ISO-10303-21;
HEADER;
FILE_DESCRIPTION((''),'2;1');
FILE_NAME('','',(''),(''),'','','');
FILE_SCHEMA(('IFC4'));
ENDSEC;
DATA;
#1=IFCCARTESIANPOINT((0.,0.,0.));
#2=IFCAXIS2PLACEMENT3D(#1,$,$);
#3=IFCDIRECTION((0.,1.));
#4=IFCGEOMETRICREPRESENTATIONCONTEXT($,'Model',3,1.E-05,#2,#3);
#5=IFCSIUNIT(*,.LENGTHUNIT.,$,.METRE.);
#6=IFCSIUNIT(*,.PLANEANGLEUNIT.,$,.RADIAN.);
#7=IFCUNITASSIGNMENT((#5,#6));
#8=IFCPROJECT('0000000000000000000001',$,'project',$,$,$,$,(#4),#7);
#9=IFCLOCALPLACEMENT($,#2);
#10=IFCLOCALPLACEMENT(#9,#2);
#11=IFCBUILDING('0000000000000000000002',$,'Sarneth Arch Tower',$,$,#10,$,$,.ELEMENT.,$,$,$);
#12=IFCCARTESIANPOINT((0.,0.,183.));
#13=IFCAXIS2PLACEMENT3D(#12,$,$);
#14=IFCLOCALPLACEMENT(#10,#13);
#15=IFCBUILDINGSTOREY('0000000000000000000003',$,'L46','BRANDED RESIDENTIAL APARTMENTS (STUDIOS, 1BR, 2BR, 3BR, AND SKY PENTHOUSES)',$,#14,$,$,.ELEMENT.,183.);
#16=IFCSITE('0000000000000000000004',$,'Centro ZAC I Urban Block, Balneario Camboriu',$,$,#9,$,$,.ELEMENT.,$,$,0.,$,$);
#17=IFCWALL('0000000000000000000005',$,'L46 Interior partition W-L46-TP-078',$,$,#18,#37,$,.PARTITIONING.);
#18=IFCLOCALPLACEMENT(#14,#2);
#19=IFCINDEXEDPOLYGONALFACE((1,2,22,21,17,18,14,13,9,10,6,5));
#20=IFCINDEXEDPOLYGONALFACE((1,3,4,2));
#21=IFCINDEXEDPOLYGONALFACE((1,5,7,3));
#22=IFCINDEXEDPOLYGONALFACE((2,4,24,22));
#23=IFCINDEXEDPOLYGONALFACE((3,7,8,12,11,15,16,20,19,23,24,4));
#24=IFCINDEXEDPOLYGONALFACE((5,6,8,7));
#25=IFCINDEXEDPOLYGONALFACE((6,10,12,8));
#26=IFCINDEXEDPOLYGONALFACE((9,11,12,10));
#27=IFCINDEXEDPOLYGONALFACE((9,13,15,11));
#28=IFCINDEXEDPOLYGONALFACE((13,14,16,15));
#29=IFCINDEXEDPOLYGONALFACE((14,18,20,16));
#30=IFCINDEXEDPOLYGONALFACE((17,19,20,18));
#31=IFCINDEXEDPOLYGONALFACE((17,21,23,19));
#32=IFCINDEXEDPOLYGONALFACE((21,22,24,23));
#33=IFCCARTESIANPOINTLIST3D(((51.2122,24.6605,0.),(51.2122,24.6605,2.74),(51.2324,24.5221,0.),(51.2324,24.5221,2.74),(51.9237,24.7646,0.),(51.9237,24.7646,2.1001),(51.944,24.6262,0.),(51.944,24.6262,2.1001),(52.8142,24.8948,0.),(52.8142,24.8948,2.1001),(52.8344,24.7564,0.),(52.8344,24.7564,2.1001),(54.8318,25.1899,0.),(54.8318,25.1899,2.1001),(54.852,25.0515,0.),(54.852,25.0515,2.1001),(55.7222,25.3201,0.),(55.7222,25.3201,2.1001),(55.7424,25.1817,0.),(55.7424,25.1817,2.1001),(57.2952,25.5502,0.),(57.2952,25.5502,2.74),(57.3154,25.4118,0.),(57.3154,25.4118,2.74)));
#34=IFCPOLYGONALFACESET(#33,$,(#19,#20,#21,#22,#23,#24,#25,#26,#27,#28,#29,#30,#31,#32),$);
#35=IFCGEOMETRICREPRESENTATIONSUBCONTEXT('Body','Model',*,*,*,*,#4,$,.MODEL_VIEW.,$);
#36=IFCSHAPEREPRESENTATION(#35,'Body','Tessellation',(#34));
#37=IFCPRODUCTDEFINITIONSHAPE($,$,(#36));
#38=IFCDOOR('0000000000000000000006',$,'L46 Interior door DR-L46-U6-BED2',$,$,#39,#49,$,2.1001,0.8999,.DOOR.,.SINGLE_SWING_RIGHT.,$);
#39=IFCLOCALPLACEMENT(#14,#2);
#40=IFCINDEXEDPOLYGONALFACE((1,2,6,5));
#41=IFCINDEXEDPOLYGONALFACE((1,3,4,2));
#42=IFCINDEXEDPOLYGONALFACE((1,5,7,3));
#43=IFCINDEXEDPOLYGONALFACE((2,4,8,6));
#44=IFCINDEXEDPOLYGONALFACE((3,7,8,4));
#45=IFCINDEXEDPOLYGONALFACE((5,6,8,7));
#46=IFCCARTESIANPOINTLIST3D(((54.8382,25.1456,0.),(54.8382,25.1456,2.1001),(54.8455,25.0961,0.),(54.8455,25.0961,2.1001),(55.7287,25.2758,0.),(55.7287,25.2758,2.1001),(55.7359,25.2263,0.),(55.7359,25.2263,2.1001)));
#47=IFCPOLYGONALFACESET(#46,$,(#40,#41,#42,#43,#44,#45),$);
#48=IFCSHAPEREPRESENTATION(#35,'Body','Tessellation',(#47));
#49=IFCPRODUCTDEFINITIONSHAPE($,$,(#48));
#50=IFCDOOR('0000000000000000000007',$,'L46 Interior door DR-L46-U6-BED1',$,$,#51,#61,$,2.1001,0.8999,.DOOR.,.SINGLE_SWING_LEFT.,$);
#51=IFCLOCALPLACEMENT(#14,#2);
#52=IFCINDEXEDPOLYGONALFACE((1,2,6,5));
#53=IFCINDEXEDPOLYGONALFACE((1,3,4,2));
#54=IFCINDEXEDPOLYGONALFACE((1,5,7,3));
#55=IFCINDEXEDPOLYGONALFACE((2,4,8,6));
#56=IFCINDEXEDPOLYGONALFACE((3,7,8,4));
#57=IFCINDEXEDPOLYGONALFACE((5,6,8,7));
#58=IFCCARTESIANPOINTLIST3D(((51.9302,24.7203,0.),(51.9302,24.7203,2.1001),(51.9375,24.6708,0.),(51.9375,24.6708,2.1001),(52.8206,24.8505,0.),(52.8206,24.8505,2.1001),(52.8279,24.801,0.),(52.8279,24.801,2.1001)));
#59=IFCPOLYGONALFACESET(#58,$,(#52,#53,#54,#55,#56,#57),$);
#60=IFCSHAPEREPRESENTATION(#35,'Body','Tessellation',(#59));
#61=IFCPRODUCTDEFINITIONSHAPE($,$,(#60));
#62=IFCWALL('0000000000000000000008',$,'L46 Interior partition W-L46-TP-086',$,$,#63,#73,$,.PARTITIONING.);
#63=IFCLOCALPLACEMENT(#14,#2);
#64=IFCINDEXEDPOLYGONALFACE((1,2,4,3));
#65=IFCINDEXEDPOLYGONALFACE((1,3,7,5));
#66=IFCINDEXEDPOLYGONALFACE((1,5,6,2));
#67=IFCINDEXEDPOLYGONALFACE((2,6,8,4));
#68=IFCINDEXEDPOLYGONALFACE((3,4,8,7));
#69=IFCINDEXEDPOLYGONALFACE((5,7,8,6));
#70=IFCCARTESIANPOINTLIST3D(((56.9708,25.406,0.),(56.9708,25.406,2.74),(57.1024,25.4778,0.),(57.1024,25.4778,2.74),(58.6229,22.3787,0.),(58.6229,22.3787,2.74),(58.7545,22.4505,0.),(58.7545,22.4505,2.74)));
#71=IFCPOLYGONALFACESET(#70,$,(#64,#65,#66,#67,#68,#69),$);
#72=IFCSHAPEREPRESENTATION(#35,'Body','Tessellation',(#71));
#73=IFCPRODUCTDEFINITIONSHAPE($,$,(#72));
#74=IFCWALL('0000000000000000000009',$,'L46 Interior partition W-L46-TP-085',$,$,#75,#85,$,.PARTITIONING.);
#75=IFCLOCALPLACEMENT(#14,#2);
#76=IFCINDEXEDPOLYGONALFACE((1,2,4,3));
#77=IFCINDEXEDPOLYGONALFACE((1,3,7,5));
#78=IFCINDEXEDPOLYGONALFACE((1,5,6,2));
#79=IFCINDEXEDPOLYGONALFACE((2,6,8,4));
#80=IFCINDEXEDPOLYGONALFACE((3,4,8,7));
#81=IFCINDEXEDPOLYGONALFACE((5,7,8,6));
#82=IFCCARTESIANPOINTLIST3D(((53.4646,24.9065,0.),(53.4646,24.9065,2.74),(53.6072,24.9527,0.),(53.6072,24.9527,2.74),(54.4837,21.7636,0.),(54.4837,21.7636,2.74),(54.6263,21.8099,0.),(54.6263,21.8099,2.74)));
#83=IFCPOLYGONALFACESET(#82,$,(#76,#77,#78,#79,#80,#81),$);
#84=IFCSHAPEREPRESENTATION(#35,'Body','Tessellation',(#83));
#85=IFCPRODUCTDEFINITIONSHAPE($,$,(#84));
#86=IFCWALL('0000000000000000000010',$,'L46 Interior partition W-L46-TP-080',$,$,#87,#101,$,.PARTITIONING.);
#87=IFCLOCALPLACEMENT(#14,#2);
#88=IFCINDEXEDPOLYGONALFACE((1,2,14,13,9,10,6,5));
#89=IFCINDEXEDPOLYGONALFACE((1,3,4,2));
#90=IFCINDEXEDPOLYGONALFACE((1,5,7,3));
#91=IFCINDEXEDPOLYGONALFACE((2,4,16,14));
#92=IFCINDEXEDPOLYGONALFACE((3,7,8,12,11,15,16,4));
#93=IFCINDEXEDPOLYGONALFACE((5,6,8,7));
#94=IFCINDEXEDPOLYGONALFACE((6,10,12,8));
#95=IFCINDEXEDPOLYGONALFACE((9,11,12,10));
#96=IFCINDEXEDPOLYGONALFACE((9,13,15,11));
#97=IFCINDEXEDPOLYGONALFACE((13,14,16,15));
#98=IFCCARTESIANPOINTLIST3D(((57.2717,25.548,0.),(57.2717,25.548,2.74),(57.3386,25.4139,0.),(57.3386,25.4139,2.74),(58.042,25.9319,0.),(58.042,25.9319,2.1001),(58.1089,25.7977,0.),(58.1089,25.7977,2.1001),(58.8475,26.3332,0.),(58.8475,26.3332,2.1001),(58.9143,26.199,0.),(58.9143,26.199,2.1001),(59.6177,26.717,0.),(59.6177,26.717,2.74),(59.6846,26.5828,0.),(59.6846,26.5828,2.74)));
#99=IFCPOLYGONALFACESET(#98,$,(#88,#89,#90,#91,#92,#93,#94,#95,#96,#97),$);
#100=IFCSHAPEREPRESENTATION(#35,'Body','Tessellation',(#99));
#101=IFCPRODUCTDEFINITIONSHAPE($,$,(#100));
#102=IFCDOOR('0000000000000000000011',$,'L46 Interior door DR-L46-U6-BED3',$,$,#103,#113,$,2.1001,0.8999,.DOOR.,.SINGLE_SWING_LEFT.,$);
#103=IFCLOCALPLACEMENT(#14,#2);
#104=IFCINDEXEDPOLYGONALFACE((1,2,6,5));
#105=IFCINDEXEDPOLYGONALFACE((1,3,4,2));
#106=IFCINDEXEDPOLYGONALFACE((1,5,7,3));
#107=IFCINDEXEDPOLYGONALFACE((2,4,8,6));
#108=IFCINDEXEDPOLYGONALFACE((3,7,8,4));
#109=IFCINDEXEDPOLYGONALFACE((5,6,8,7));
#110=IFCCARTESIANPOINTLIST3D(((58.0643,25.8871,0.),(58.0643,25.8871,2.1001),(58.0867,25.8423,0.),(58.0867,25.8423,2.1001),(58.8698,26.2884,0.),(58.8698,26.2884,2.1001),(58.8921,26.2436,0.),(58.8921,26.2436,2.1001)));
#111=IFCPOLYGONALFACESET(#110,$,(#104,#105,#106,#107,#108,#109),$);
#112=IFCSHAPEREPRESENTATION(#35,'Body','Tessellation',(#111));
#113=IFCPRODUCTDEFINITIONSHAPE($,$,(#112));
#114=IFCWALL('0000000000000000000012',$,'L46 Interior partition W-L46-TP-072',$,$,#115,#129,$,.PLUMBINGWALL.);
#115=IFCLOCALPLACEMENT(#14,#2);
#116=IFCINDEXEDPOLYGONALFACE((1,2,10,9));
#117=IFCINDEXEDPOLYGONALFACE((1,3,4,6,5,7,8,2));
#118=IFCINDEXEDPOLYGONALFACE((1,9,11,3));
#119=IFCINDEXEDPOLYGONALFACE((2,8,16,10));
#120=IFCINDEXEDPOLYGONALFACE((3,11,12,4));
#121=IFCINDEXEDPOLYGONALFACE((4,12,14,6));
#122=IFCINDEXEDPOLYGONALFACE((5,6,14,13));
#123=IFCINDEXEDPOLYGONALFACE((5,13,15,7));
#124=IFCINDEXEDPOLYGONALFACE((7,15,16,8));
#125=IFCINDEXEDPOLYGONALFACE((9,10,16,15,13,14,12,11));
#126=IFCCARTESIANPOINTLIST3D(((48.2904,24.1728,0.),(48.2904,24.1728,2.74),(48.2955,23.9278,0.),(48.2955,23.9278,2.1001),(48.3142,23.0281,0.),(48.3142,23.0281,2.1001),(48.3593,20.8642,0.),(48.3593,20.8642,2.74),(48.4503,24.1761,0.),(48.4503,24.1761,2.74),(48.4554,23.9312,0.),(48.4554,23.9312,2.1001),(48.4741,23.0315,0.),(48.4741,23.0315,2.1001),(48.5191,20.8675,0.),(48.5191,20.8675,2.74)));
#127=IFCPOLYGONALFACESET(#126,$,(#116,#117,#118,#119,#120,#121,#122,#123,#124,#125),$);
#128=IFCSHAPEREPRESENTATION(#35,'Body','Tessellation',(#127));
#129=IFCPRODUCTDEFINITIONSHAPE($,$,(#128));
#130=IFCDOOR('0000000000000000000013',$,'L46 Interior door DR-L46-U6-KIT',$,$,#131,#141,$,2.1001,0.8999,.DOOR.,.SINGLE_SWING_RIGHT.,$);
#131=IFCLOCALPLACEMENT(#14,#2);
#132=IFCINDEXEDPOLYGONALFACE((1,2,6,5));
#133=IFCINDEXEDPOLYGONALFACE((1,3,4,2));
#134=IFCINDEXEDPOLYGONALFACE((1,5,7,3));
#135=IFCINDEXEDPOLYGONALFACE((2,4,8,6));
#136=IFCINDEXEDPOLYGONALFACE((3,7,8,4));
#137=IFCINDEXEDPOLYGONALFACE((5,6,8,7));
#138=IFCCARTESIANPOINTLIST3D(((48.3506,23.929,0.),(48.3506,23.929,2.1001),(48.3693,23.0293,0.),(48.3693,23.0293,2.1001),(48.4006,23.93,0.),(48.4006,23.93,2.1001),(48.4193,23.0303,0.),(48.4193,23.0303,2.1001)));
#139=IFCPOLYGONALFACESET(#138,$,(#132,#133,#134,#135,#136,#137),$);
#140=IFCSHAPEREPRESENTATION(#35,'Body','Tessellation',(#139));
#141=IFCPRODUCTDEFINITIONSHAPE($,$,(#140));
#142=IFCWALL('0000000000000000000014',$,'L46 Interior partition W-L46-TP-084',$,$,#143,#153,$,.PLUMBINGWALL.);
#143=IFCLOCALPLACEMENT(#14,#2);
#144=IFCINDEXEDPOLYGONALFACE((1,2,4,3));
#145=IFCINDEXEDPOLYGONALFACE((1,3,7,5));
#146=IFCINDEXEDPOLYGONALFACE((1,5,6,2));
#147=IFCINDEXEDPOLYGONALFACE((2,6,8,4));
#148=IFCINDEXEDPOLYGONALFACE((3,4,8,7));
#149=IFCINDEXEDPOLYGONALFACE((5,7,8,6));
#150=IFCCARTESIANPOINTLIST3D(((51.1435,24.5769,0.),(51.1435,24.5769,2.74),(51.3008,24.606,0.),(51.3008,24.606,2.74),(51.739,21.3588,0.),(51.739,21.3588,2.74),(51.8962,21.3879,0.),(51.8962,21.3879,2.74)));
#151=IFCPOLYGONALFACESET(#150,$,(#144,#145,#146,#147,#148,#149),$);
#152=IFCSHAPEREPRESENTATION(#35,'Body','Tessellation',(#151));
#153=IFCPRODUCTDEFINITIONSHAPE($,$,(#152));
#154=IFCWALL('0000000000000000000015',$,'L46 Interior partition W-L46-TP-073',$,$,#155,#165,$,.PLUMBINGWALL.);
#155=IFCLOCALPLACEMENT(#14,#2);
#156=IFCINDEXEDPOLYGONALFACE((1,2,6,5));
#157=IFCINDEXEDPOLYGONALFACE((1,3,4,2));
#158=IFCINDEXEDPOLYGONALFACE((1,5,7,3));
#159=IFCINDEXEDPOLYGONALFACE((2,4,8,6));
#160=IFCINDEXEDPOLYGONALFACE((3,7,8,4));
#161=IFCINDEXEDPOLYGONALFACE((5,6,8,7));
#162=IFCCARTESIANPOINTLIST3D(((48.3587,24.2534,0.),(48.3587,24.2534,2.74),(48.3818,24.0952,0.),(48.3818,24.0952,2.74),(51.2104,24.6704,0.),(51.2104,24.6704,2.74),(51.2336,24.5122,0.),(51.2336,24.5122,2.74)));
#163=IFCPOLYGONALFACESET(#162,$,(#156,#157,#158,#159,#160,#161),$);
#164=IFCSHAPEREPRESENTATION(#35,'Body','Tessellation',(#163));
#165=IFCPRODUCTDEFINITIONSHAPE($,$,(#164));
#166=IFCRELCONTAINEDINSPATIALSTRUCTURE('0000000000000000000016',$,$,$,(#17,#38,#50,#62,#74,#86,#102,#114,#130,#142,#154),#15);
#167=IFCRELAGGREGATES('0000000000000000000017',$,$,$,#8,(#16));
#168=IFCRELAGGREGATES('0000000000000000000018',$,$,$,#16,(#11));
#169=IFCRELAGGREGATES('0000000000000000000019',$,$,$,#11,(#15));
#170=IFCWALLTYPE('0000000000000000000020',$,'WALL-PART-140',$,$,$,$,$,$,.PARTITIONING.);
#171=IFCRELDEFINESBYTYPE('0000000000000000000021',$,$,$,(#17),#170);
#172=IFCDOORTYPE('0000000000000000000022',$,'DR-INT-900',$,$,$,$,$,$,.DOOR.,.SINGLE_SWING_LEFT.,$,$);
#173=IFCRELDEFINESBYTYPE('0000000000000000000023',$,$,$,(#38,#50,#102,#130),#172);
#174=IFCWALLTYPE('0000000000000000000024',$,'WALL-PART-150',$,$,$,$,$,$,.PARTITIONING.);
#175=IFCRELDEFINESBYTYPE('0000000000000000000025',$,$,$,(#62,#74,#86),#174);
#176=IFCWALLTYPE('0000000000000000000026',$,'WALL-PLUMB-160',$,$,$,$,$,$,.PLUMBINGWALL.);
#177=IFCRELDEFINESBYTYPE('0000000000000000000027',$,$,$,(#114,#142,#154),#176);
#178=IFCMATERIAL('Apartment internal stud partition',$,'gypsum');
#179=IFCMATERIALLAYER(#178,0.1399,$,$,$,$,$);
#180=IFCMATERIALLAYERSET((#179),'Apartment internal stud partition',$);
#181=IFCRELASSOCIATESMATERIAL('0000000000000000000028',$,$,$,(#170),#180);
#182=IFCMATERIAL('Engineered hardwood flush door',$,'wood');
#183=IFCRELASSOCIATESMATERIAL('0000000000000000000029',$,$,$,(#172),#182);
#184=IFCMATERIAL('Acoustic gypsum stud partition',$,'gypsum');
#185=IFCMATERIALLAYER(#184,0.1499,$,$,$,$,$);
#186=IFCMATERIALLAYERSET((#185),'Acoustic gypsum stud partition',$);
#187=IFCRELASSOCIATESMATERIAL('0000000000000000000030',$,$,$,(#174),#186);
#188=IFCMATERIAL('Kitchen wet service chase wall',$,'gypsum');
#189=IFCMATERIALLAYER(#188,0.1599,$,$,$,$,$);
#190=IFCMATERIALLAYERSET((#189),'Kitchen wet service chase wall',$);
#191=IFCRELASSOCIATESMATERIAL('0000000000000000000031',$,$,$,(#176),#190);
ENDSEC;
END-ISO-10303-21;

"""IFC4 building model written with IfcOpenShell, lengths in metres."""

from ifc_helpers import new_model, si_unit, direction, frame, frame_2d, origin, place, context, subcontext, project, spatial, rectangle, extrude, material, layer, layer_set, type_object, element, fill, save


model = new_model("IFC4")

# Units and contexts
model_context = context("Model", 3, precision=1e-05, world=origin(), true_north=direction((0.0, 1.0)))
body_context = subcontext(model_context, "Body", "Model", "MODEL_VIEW")
ifc_project = project(units=[si_unit("LENGTHUNIT", "METRE"), si_unit("PLANEANGLEUNIT", "RADIAN")], contexts=[model_context])

# Site, building, storey
site_placement = place(None, origin())
site = spatial("IfcSite", under=ifc_project, at=site_placement, Name="Centro ZAC I Urban Block, Balneario Camboriu", CompositionType="ELEMENT", RefElevation=0.0)
building_placement = place(site_placement, origin())
building = spatial("IfcBuilding", under=site, at=building_placement, Name="Sarneth Arch Tower", CompositionType="ELEMENT")
storey_placement = place(building_placement, frame((0.0, 0.0, 183.0)))
storey = spatial("IfcBuildingStorey", under=building, at=storey_placement, Name="L46", Description="BRANDED RESIDENTIAL APARTMENTS (STUDIOS, 1BR, 2BR, 3BR, AND SKY PENTHOUSES)", CompositionType="ELEMENT", Elevation=183.0)

# Wall, openings, doors
ifc_material_1 = material(Name="Apartment internal stud partition", Category="gypsum")
ifc_layer_1 = layer(ifc_material_1, 0.1399)
ifc_layer_set_1 = layer_set([ifc_layer_1], Name="Apartment internal stud partition")
wall_type_1 = type_object("IfcWallType", Name="WALL-PART-140", PredefinedType="PARTITIONING", material=ifc_layer_set_1)
wall_1_placement = place(storey_placement, frame((57.3052, 25.481, 0.0), z_axis=(0.0, 0.0, 1.0), x_axis=(-0.989474, -0.144712, 0.0)))
wall_1 = element("IfcWall", 1, at=wall_1_placement, inside=storey, type_object=wall_type_1, Name="L46 Interior partition W-L46-TP-078", PredefinedType="PARTITIONING", context=body_context, shape_type="SweptSolid", body=[
    extrude(rectangle(XDim=6.1477, YDim=0.1399, at=frame_2d((3.0737, 0.0))), origin(), (0.0, 0.0, 1.0), 2.74),
])
opening_1_placement = place(wall_1_placement, frame((1.5896, 0.0, 0.0)))
opening_1 = element("IfcOpeningElement", 2, at=opening_1_placement, cuts=wall_1, PredefinedType="OPENING", context=body_context, shape_type="SweptSolid", body=[
    extrude(rectangle(XDim=0.8999, YDim=2.1001, at=frame_2d((0.45, 1.05))), frame((0.0, 0.0798, 0.0), z_axis=(0.0, -1.0, 0.0), x_axis=(1.0, 0.0, 0.0)), (0.0, 0.0, 1.0), 0.1599),
])
opening_2_placement = place(wall_1_placement, frame((4.5286, 0.0, 0.0)))
opening_2 = element("IfcOpeningElement", 3, at=opening_2_placement, cuts=wall_1, PredefinedType="OPENING", context=body_context, shape_type="SweptSolid", body=[
    extrude(rectangle(XDim=0.8999, YDim=2.1001, at=frame_2d((0.45, 1.05))), frame((0.0, 0.0798, 0.0), z_axis=(0.0, -1.0, 0.0), x_axis=(1.0, 0.0, 0.0)), (0.0, 0.0, 1.0), 0.1599),
])
ifc_material_2 = material(Name="Engineered hardwood flush door", Category="wood")
door_type_1 = type_object("IfcDoorType", Name="DR-INT-900", OperationType="SINGLE_SWING_LEFT", PredefinedType="DOOR", material=ifc_material_2)
door_1_placement = place(opening_1_placement, origin())
door_1 = element("IfcDoor", 4, at=door_1_placement, inside=storey, type_object=door_type_1, Name="L46 Interior door DR-L46-U6-BED2", OperationType="SINGLE_SWING_RIGHT", OverallHeight=2.1001, OverallWidth=0.8999, PredefinedType="DOOR", context=body_context, shape_type="SweptSolid", body=[
    extrude(rectangle(XDim=0.8999, YDim=2.1001, at=frame_2d((0.45, 1.05))), frame((0.0, 0.0249, 0.0), z_axis=(0.0, -1.0, 0.0), x_axis=(1.0, 0.0, 0.0)), (0.0, 0.0, 1.0), 0.05),
])
fill(opening_1, door_1)
door_2_placement = place(opening_2_placement, origin())
door_2 = element("IfcDoor", 5, at=door_2_placement, inside=storey, type_object=door_type_1, Name="L46 Interior door DR-L46-U6-BED1", OperationType="SINGLE_SWING_LEFT", OverallHeight=2.1001, OverallWidth=0.8999, PredefinedType="DOOR", context=body_context, shape_type="SweptSolid", body=[
    extrude(rectangle(XDim=0.8999, YDim=2.1001, at=frame_2d((0.45, 1.05))), frame((0.0, 0.0249, 0.0), z_axis=(0.0, -1.0, 0.0), x_axis=(1.0, 0.0, 0.0)), (0.0, 0.0, 1.0), 0.05),
])
fill(opening_2, door_2)

# Walls
ifc_material_3 = material(Name="Acoustic gypsum stud partition", Category="gypsum")
ifc_layer_2 = layer(ifc_material_3, 0.1499)
ifc_layer_set_2 = layer_set([ifc_layer_2], Name="Acoustic gypsum stud partition")
wall_type_2 = type_object("IfcWallType", Name="WALL-PART-150", PredefinedType="PARTITIONING", material=ifc_layer_set_2)
wall_2_placement = place(storey_placement, frame((57.0366, 25.4419, 0.0), z_axis=(0.0, 0.0, 1.0), x_axis=(0.479036, -0.877795, 0.0)))
element("IfcWall", 6, at=wall_2_placement, inside=storey, type_object=wall_type_2, Name="L46 Interior partition W-L46-TP-086", PredefinedType="PARTITIONING", context=body_context, shape_type="SweptSolid", body=[
    extrude(rectangle(XDim=3.4487, YDim=0.1499, at=frame_2d((1.7244, 0.0))), origin(), (0.0, 0.0, 1.0), 2.74),
])
wall_3_placement = place(storey_placement, frame((54.5549, 21.7869, 0.0), z_axis=(0.0, 0.0, 1.0), x_axis=(-0.308436, 0.951245, 0.0)))
element("IfcWall", 7, at=wall_3_placement, inside=storey, type_object=wall_type_2, Name="L46 Interior partition W-L46-TP-085", PredefinedType="PARTITIONING", context=body_context, shape_type="SweptSolid", body=[
    extrude(rectangle(XDim=3.304, YDim=0.1499, at=frame_2d((1.6519, 0.0))), origin(), (0.0, 0.0, 1.0), 2.74),
])

# Walls, openings, doors
wall_4_placement = place(storey_placement, frame((57.3052, 25.481, 0.0), z_axis=(0.0, 0.0, 1.0), x_axis=(0.895041, 0.445984, 0.0)))
wall_4 = element("IfcWall", 8, at=wall_4_placement, inside=storey, type_object=wall_type_2, Name="L46 Interior partition W-L46-TP-080", PredefinedType="PARTITIONING", context=body_context, shape_type="SweptSolid", body=[
    extrude(rectangle(XDim=2.6211, YDim=0.1499, at=frame_2d((1.3105, 0.0))), origin(), (0.0, 0.0, 1.0), 2.74),
])
opening_3_placement = place(wall_4_placement, frame((0.8606, 0.0, 0.0)))
opening_3 = element("IfcOpeningElement", 9, at=opening_3_placement, cuts=wall_4, PredefinedType="OPENING", context=body_context, shape_type="SweptSolid", body=[
    extrude(rectangle(XDim=0.8999, YDim=2.1001, at=frame_2d((0.45, 1.05))), frame((0.0, 0.085, 0.0), z_axis=(0.0, -1.0, 0.0), x_axis=(1.0, 0.0, 0.0)), (0.0, 0.0, 1.0), 0.1699),
])
door_3_placement = place(opening_3_placement, origin())
door_3 = element("IfcDoor", 10, at=door_3_placement, inside=storey, type_object=door_type_1, Name="L46 Interior door DR-L46-U6-BED3", OperationType="SINGLE_SWING_LEFT", OverallHeight=2.1001, OverallWidth=0.8999, PredefinedType="DOOR", context=body_context, shape_type="SweptSolid", body=[
    extrude(rectangle(XDim=0.8999, YDim=2.1001, at=frame_2d((0.45, 1.05))), frame((0.0, 0.0249, 0.0), z_axis=(0.0, -1.0, 0.0), x_axis=(1.0, 0.0, 0.0)), (0.0, 0.0, 1.0), 0.05),
])
fill(opening_3, door_3)
ifc_material_4 = material(Name="Kitchen wet service chase wall", Category="gypsum")
ifc_layer_3 = layer(ifc_material_4, 0.1599)
ifc_layer_set_3 = layer_set([ifc_layer_3], Name="Kitchen wet service chase wall")
wall_type_3 = type_object("IfcWallType", Name="WALL-PLUMB-160", PredefinedType="PLUMBINGWALL", material=ifc_layer_set_3)
wall_5_placement = place(storey_placement, frame((48.4392, 20.8657, 0.0), z_axis=(0.0, 0.0, 1.0), x_axis=(-0.020804, 0.999784, 0.0)))
wall_5 = element("IfcWall", 11, at=wall_5_placement, inside=storey, type_object=wall_type_3, Name="L46 Interior partition W-L46-TP-072", PredefinedType="PLUMBINGWALL", context=body_context, shape_type="SweptSolid", body=[
    extrude(rectangle(XDim=3.3093, YDim=0.1599, at=frame_2d((1.6548, 0.0))), origin(), (0.0, 0.0, 1.0), 2.74),
])
opening_4_placement = place(wall_5_placement, frame((2.1646, 0.0, 0.0)))
opening_4 = element("IfcOpeningElement", 12, at=opening_4_placement, cuts=wall_5, PredefinedType="OPENING", context=body_context, shape_type="SweptSolid", body=[
    extrude(rectangle(XDim=0.8999, YDim=2.1001, at=frame_2d((0.45, 1.05))), frame((0.0, 0.0898, 0.0), z_axis=(0.0, -1.0, 0.0), x_axis=(1.0, 0.0, 0.0)), (0.0, 0.0, 1.0), 0.1799),
])
door_4_placement = place(opening_4_placement, origin())
door_4 = element("IfcDoor", 13, at=door_4_placement, inside=storey, type_object=door_type_1, Name="L46 Interior door DR-L46-U6-KIT", OperationType="SINGLE_SWING_RIGHT", OverallHeight=2.1001, OverallWidth=0.8999, PredefinedType="DOOR", context=body_context, shape_type="SweptSolid", body=[
    extrude(rectangle(XDim=0.8999, YDim=2.1001, at=frame_2d((0.45, 1.05))), frame((0.0, 0.0249, 0.0), z_axis=(0.0, -1.0, 0.0), x_axis=(1.0, 0.0, 0.0)), (0.0, 0.0, 1.0), 0.05),
])
fill(opening_4, door_4)

# Walls
wall_6_placement = place(storey_placement, frame((51.2222, 24.5913, 0.0), z_axis=(0.0, 0.0, 1.0), x_axis=(0.18195, -0.983308, 0.0)))
element("IfcWall", 14, at=wall_6_placement, inside=storey, type_object=wall_type_3, Name="L46 Interior partition W-L46-TP-084", PredefinedType="PLUMBINGWALL", context=body_context, shape_type="SweptSolid", body=[
    extrude(rectangle(XDim=3.2727, YDim=0.1599, at=frame_2d((1.6362, 0.0))), origin(), (0.0, 0.0, 1.0), 2.74),
])
wall_7_placement = place(storey_placement, frame((48.3704, 24.1743, 0.0), z_axis=(0.0, 0.0, 1.0), x_axis=(0.989478, 0.144682, 0.0)))
element("IfcWall", 15, at=wall_7_placement, inside=storey, type_object=wall_type_3, Name="L46 Interior partition W-L46-TP-073", PredefinedType="PLUMBINGWALL", context=body_context, shape_type="SweptSolid", body=[
    extrude(rectangle(XDim=2.8821, YDim=0.1599, at=frame_2d((1.4409, 0.0))), origin(), (0.0, 0.0, 1.0), 2.74),
])

save(model, "model.ifc")
